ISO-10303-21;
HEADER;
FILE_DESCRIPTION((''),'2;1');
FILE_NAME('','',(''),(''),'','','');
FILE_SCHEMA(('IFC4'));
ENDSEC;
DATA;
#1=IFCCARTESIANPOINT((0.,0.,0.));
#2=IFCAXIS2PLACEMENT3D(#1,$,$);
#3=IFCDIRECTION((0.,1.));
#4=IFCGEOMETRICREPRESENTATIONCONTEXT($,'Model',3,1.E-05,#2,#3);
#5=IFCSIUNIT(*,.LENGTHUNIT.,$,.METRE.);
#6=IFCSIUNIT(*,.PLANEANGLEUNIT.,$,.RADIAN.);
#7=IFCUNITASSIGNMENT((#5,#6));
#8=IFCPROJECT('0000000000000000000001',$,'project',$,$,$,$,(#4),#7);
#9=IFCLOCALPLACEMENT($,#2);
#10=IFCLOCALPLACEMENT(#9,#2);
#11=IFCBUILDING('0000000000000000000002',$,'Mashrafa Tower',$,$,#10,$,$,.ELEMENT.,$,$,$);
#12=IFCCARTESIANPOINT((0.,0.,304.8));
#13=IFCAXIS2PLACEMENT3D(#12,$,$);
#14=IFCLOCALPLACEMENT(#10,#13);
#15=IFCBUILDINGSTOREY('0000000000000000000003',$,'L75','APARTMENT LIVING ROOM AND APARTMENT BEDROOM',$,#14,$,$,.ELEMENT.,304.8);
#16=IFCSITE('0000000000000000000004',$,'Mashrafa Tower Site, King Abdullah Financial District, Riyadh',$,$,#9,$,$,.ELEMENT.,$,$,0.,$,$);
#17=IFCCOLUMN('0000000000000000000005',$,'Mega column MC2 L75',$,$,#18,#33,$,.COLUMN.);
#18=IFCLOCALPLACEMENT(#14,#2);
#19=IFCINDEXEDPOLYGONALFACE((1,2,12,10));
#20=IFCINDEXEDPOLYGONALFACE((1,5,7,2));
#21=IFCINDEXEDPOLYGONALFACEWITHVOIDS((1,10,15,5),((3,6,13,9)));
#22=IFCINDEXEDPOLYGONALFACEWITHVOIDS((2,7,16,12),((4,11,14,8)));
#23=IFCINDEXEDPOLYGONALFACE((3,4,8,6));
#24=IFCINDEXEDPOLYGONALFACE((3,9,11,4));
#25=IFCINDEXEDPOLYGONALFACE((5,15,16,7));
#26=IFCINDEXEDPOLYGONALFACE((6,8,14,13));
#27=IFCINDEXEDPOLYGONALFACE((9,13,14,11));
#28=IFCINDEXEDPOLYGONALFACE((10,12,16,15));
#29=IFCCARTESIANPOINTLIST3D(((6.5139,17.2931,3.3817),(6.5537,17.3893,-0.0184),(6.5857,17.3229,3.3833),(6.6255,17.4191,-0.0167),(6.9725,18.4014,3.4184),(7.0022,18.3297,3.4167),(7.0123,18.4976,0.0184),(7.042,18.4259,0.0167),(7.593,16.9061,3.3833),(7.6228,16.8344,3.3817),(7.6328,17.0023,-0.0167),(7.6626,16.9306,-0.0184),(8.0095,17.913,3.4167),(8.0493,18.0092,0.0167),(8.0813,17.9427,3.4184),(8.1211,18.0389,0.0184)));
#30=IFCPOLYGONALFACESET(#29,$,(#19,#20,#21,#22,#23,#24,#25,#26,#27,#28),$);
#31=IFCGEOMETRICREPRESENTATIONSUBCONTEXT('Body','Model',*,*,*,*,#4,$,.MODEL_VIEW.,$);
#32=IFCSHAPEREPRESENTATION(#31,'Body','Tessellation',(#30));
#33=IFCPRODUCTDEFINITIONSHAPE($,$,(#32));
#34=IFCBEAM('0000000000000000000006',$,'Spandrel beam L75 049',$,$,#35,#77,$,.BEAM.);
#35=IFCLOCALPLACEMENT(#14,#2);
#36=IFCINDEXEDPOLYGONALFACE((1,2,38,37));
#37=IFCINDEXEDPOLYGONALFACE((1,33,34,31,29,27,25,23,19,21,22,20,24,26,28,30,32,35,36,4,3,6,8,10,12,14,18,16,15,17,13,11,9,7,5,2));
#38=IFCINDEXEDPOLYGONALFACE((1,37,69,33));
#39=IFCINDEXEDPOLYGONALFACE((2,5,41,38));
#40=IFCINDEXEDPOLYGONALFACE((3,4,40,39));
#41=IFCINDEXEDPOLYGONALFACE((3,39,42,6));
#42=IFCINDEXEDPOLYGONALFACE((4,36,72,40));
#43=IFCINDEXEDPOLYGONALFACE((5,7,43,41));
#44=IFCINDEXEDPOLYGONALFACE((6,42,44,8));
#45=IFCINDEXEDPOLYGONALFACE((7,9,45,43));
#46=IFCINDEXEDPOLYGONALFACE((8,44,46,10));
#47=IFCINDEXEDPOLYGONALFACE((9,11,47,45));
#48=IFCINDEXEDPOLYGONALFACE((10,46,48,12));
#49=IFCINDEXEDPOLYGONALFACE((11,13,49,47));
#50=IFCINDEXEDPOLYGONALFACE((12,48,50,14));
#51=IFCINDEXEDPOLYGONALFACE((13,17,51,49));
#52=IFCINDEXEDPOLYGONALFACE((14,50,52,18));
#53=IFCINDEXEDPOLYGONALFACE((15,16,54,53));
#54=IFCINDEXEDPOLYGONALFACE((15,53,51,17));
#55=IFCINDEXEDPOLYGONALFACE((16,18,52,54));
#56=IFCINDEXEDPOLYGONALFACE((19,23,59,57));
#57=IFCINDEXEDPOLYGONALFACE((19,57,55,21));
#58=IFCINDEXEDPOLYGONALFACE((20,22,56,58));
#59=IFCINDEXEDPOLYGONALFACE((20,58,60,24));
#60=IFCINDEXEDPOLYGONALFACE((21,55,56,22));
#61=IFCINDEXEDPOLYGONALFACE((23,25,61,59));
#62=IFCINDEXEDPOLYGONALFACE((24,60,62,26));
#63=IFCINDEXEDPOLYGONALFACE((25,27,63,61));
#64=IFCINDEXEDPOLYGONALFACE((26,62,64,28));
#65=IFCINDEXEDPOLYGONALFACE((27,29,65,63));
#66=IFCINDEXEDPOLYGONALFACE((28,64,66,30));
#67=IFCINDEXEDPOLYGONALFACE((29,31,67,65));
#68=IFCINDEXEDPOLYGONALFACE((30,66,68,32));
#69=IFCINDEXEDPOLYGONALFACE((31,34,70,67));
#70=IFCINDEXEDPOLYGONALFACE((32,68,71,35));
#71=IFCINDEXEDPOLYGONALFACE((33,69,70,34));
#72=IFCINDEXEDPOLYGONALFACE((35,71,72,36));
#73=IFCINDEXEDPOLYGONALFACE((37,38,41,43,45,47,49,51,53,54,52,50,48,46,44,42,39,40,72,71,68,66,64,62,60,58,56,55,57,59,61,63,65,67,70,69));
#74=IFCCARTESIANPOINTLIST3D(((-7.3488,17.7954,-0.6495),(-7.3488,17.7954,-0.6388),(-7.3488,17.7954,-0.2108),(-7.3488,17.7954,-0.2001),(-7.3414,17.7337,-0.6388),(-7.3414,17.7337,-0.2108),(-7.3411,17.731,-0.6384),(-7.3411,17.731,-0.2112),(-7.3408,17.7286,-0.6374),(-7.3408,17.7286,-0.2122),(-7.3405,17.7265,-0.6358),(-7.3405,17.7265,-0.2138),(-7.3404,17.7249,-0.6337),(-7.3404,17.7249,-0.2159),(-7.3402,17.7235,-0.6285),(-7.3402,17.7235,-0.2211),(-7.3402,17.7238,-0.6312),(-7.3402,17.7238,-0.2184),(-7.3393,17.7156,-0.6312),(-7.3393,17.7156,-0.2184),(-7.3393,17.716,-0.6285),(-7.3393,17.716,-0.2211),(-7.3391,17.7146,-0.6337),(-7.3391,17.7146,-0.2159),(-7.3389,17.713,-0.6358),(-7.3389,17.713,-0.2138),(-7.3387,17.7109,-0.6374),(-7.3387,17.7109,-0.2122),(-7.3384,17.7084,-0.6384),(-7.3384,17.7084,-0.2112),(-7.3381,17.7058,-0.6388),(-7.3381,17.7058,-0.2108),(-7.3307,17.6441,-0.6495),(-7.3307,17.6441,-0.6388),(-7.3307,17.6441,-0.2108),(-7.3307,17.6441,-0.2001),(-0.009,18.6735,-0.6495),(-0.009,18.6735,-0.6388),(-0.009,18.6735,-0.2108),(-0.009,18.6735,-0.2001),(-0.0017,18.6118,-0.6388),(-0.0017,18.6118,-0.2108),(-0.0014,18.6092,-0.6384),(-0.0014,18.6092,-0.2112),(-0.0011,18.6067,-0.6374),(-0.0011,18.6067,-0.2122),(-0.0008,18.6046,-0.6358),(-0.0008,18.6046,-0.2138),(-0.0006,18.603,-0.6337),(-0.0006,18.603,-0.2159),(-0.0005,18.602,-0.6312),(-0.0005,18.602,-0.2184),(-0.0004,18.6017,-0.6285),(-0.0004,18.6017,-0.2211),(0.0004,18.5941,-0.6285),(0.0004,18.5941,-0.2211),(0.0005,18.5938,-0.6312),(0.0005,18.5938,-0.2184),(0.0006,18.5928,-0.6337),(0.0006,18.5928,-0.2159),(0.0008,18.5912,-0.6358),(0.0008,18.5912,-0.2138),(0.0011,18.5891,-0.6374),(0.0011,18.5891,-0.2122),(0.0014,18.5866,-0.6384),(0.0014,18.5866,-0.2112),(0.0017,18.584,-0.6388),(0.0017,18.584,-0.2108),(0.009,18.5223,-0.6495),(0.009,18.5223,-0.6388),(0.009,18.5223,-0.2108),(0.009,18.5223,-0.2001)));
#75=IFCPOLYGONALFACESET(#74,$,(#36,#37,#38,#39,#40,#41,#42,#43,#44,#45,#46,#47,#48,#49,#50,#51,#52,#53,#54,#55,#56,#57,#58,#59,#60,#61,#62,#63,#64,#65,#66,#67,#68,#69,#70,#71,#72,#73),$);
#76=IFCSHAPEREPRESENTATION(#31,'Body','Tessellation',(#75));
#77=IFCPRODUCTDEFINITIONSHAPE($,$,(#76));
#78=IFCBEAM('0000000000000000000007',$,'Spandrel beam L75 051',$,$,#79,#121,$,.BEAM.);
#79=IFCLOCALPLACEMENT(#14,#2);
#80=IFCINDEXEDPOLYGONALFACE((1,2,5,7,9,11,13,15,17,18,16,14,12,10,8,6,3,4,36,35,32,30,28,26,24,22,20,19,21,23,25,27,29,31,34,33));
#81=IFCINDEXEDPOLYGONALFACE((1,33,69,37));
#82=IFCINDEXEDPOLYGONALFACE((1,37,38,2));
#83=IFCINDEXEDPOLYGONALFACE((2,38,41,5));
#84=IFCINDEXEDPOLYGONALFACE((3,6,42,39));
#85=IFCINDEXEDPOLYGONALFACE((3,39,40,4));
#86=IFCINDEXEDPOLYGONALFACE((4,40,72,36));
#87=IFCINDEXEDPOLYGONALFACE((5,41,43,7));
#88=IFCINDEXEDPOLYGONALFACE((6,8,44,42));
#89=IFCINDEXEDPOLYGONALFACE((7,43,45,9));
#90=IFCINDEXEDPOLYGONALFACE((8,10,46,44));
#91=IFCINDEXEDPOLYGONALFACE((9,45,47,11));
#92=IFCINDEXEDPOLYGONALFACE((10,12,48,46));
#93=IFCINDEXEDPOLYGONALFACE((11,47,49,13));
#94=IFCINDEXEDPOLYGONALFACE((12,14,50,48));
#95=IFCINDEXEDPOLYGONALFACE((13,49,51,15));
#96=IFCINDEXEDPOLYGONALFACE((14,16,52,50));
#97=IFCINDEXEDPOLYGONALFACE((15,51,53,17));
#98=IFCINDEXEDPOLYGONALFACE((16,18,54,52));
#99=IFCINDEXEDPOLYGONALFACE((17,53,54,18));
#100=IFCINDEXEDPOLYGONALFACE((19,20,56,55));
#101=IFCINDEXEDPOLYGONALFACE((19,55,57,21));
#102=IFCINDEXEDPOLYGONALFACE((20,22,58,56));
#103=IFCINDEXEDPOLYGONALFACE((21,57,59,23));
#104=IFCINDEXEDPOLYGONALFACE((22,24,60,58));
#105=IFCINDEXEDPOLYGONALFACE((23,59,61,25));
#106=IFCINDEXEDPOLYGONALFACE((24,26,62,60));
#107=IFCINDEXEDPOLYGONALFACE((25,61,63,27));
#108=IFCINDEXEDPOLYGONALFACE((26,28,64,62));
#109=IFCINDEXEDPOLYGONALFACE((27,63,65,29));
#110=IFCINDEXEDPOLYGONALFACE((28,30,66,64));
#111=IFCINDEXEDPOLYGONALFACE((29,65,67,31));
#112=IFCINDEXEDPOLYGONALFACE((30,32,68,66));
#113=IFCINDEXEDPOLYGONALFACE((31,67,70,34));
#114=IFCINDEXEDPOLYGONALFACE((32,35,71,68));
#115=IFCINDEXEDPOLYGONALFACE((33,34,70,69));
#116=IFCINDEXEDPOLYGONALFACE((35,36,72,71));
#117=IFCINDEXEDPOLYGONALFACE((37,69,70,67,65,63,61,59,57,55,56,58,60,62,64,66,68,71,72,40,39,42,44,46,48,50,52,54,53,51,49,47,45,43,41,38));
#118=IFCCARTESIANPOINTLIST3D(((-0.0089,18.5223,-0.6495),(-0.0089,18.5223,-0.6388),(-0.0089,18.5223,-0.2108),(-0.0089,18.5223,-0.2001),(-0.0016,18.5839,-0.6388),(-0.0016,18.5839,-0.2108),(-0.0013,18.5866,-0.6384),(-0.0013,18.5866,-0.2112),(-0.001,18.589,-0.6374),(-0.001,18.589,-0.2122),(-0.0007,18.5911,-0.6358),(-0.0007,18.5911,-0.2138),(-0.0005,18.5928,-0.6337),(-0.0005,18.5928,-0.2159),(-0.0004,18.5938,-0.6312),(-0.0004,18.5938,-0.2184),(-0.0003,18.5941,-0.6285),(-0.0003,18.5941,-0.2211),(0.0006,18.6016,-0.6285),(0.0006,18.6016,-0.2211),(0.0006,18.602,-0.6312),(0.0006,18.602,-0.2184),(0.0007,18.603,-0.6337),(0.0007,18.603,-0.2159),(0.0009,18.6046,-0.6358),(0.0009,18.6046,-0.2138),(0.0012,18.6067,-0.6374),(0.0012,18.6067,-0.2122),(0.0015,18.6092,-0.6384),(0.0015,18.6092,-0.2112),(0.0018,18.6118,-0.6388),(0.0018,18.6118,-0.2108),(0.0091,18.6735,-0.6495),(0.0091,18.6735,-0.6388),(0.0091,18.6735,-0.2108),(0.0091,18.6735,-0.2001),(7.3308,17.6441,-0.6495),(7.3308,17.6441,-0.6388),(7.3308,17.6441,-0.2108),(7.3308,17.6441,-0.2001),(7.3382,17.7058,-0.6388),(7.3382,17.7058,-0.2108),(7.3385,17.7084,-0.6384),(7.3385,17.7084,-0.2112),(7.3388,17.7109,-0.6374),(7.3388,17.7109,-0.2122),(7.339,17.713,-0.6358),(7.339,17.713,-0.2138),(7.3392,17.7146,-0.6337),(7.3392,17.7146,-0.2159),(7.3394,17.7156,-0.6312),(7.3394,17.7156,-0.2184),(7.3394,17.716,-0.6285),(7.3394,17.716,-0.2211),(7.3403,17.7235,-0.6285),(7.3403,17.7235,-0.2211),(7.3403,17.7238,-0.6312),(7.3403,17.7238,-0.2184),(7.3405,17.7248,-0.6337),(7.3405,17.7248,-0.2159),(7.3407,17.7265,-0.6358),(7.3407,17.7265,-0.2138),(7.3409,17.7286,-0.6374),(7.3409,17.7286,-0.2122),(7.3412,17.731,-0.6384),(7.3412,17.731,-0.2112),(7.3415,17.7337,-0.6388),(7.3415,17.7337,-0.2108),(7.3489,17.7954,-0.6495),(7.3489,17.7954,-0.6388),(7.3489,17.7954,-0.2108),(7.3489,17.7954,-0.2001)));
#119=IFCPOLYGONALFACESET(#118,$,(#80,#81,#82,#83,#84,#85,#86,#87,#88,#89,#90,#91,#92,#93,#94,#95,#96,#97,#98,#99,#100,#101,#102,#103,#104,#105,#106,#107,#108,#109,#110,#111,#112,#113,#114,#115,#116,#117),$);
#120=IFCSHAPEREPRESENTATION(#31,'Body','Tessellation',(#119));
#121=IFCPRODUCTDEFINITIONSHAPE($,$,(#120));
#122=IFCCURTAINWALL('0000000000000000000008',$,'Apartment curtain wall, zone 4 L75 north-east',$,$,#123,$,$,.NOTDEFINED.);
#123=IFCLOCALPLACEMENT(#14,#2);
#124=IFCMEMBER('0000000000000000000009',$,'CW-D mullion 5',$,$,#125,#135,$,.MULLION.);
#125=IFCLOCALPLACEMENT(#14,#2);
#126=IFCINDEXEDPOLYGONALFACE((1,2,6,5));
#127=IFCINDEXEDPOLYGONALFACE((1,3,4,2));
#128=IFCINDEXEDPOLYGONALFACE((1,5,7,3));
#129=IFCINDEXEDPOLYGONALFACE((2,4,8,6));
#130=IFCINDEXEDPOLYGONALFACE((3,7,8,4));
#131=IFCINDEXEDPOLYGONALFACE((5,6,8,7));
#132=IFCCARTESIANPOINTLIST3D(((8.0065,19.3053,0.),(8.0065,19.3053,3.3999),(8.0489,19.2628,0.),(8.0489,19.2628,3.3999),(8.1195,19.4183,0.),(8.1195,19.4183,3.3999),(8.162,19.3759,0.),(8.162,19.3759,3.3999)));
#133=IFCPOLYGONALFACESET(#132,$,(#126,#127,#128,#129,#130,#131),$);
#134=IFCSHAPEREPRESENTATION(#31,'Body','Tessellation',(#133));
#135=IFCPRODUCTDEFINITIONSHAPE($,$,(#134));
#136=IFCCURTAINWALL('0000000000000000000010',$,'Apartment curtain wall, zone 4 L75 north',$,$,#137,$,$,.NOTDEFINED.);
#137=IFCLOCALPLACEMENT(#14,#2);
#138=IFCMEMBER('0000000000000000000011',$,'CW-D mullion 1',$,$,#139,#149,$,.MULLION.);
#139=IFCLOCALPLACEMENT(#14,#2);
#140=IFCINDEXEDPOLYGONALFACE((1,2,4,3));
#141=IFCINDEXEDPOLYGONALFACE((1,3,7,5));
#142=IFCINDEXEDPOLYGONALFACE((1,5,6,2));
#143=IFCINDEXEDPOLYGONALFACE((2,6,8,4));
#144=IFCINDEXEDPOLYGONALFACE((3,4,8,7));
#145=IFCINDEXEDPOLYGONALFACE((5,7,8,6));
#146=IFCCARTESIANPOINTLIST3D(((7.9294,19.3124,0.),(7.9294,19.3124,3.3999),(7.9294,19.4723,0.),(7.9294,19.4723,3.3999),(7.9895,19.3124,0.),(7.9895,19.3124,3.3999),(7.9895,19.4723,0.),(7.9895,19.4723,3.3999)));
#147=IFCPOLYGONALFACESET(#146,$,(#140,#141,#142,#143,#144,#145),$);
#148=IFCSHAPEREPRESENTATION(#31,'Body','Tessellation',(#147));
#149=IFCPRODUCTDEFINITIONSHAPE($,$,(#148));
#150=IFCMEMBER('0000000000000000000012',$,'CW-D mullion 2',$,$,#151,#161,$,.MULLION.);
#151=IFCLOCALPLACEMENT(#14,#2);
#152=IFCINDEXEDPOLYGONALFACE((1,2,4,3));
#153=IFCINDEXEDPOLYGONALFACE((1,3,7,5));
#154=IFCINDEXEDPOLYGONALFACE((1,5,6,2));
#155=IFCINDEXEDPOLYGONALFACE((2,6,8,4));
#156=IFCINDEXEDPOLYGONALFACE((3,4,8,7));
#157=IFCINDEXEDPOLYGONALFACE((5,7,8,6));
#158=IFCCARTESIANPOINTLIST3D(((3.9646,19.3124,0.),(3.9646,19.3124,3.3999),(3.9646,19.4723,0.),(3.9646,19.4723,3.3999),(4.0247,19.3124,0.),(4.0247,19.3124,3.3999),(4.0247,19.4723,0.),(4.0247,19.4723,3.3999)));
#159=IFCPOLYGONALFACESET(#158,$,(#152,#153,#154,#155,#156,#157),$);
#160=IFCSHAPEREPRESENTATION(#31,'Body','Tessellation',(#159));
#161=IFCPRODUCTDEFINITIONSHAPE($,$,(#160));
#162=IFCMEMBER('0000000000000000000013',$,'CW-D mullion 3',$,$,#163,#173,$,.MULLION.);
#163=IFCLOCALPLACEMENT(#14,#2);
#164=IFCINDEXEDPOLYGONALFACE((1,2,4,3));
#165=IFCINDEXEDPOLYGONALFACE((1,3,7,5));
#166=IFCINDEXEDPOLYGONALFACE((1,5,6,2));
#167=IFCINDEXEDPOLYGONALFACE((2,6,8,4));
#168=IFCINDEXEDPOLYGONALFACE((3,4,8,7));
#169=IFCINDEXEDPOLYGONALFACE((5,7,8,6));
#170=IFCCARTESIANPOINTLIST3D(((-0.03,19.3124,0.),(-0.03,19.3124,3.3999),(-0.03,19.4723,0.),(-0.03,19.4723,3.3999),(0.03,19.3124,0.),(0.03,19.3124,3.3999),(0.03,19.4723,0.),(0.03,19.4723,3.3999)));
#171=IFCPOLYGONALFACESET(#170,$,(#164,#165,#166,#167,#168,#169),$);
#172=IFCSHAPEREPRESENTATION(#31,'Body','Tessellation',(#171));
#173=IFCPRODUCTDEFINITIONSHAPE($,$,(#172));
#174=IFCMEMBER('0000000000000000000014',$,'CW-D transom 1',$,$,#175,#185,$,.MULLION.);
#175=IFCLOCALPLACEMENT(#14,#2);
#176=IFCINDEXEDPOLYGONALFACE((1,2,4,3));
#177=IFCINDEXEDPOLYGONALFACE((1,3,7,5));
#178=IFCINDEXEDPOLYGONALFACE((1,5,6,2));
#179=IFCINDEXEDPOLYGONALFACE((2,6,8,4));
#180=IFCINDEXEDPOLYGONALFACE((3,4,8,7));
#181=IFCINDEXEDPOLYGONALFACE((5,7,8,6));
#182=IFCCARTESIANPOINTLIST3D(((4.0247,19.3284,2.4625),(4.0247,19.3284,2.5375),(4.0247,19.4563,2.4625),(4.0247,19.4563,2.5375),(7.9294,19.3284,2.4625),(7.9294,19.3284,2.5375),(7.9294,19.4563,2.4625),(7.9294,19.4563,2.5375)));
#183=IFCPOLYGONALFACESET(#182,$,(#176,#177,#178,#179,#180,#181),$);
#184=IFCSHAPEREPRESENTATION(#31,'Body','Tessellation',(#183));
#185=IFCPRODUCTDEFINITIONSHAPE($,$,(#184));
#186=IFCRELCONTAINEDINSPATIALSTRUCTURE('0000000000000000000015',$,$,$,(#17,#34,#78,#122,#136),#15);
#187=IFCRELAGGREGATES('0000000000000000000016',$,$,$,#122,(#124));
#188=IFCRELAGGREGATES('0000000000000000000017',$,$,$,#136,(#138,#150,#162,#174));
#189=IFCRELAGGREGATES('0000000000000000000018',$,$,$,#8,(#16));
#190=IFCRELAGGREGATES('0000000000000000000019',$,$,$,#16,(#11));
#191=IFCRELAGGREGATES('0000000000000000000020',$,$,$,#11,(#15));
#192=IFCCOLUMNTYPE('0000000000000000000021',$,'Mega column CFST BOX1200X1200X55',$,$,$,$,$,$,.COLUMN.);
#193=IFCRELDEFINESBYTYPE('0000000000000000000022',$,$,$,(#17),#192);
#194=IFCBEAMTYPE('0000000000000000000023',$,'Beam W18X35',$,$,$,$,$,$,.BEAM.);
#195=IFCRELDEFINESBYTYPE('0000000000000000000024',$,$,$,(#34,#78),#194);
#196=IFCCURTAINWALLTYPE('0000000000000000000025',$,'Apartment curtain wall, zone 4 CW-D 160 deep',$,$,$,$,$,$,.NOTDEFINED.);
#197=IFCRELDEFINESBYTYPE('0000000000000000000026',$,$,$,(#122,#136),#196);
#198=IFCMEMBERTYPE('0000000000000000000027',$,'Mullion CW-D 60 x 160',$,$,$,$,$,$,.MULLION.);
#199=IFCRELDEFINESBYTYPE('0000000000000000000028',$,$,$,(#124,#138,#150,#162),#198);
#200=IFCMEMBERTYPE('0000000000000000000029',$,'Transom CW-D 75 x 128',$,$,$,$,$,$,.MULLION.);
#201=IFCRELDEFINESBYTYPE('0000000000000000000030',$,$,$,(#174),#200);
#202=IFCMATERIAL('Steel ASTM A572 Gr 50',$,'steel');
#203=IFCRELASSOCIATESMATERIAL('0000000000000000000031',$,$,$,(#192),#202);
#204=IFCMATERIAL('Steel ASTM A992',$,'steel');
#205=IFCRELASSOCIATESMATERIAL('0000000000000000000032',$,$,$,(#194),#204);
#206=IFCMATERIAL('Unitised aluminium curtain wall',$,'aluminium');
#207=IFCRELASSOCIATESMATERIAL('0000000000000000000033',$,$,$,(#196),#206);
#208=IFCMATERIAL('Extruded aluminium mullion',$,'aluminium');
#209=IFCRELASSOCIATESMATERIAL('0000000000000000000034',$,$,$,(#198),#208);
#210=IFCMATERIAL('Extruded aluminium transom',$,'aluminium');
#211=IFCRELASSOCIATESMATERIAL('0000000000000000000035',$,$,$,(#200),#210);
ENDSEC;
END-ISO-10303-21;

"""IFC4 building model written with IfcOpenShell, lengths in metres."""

from ifc_helpers import new_model, si_unit, direction, frame, origin, origin_2d, place, context, subcontext, project, spatial, rectangle, hollow_rectangle, i_section, extrude, source, transform, mapped, material, material_profile, profile_set, type_object, type_shapes, element, aggregate, save


model = new_model("IFC4")

# Units and contexts
model_context = context("Model", 3, precision=1e-05, world=origin(), true_north=direction((0.0, 1.0)))
body_context = subcontext(model_context, "Body", "Model", "MODEL_VIEW")
ifc_project = project(units=[si_unit("LENGTHUNIT", "METRE"), si_unit("PLANEANGLEUNIT", "RADIAN")], contexts=[model_context])

# Site, building, storey
site_placement = place(None, origin())
site = spatial("IfcSite", under=ifc_project, at=site_placement, Name="Mashrafa Tower Site, King Abdullah Financial District, Riyadh", CompositionType="ELEMENT", RefElevation=0.0)
building_placement = place(site_placement, origin())
building = spatial("IfcBuilding", under=site, at=building_placement, Name="Mashrafa Tower", CompositionType="ELEMENT")
storey_placement = place(building_placement, frame((0.0, 0.0, 304.8)))
storey = spatial("IfcBuildingStorey", under=building, at=storey_placement, Name="L75", Description="APARTMENT LIVING ROOM AND APARTMENT BEDROOM", CompositionType="ELEMENT", Elevation=304.8)

# Column
ifc_material_1 = material(Name="Steel ASTM A572 Gr 50", Category="steel")
ifc_material_profile_1 = material_profile(ifc_material_1, hollow_rectangle(XDim=1.2, YDim=1.2, WallThickness=0.0549, at=origin_2d()), Name="BOX1200X1200X55")
ifc_profile_set_1 = profile_set([ifc_material_profile_1], Name="Steel ASTM A572 Gr 50")
column_type = type_object("IfcColumnType", Name="Mega column CFST BOX1200X1200X55", PredefinedType="COLUMN", material=ifc_profile_set_1)
column_placement = place(storey_placement, frame((7.3374, 17.7141, 0.0), z_axis=(-0.011699, -0.028279, 0.999532), x_axis=(0.924045, -0.382283, 0.0)))
element("IfcColumn", 1, at=column_placement, inside=storey, type_object=column_type, Name="Mega column MC2 L75", PredefinedType="COLUMN", context=body_context, shape_type="SweptSolid", body=[
    extrude(hollow_rectangle(XDim=1.2, YDim=1.2, WallThickness=0.0549, at=origin_2d()), origin(), (0.0, 0.0, 1.0), 3.4016),
])

# Beams
ifc_material_2 = material(Name="Steel ASTM A992", Category="steel")
ifc_material_profile_2 = material_profile(ifc_material_2, i_section(OverallWidth=0.1523, OverallDepth=0.4495, WebThickness=0.0076, FlangeThickness=0.0107, FilletRadius=0.0103, at=origin_2d()), Name="W18X35")
ifc_profile_set_2 = profile_set([ifc_material_profile_2], Name="Steel ASTM A992")
beam_type = type_object("IfcBeamType", Name="Beam W18X35", PredefinedType="BEAM", material=ifc_profile_set_2)
for number, where, z_axis, x_axis, name in (
    (2, (0.0, 18.5979, -0.4248), (-0.992919, -0.118797, 0.0), (0.118797, -0.992919, 0.0), "Spandrel beam L75 049"),
    (3, (7.3398, 17.7197, -0.4248), (-0.992919, 0.118797, 0.0), (-0.118797, -0.992919, 0.0), "Spandrel beam L75 051"),
):
    element("IfcBeam", number, at=place(storey_placement, frame(where, z_axis=z_axis, x_axis=x_axis)), inside=storey, type_object=beam_type, Name=name, PredefinedType="BEAM", context=body_context, shape_type="SweptSolid", body=[
        extrude(i_section(OverallWidth=0.1523, OverallDepth=0.4495, WebThickness=0.0076, FlangeThickness=0.0107, FilletRadius=0.0103, at=origin_2d()), origin(), (0.0, 0.0, 1.0), 7.3921),
    ])

# Curtain wall, member
ifc_material_3 = material(Name="Unitised aluminium curtain wall", Category="aluminium")
curtain_wall_type = type_object("IfcCurtainWallType", Name="Apartment curtain wall, zone 4 CW-D 160 deep", PredefinedType="NOTDEFINED", material=ifc_material_3)
curtain_wall_1_placement = place(storey_placement, origin())
curtain_wall_1 = element("IfcCurtainWall", 4, at=curtain_wall_1_placement, inside=storey, type_object=curtain_wall_type, Name="Apartment curtain wall, zone 4 L75 north-east", PredefinedType="NOTDEFINED")
ifc_material_4 = material(Name="Extruded aluminium mullion", Category="aluminium")
ifc_material_profile_3 = material_profile(ifc_material_4, rectangle(XDim=0.1599, YDim=0.0601, at=origin_2d()), Name="Mullion 60x160")
ifc_profile_set_3 = profile_set([ifc_material_profile_3], Name="Extruded aluminium mullion")
member_type_1 = type_object("IfcMemberType", Name="Mullion CW-D 60 x 160", PredefinedType="MULLION", material=ifc_profile_set_3)
shared_shape_1 = source(origin(), body_context, "Body", "SweptSolid", [
    extrude(rectangle(XDim=0.1599, YDim=0.0601, at=origin_2d()), origin(), (0.0, 0.0, 1.0), 3.3999),
])
type_shapes(member_type_1, [shared_shape_1])
member_1_placement = place(storey_placement, frame((8.0842, 19.3406, 0.0), z_axis=(0.0, 0.0, 1.0), x_axis=(-0.707107, -0.707107, 0.0)))
member_1 = element("IfcMember", 5, at=member_1_placement, type_object=member_type_1, Name="CW-D mullion 5", PredefinedType="MULLION", context=body_context, shape_type="MappedRepresentation", body=[
    mapped(shared_shape_1, transform((0.0, 0.0, 0.0))),
])

# Curtain wall, members
curtain_wall_2_placement = place(storey_placement, origin())
curtain_wall_2 = element("IfcCurtainWall", 6, at=curtain_wall_2_placement, inside=storey, type_object=curtain_wall_type, Name="Apartment curtain wall, zone 4 L75 north", PredefinedType="NOTDEFINED")
member_2_placement = place(storey_placement, frame((7.9595, 19.3923, 0.0), z_axis=(0.0, 0.0, 1.0), x_axis=(0.0, -1.0, 0.0)))
member_2 = element("IfcMember", 7, at=member_2_placement, type_object=member_type_1, Name="CW-D mullion 1", PredefinedType="MULLION", context=body_context, shape_type="MappedRepresentation", body=[
    mapped(shared_shape_1, transform((0.0, 0.0, 0.0))),
])
member_3_placement = place(storey_placement, frame((3.9946, 19.3923, 0.0), z_axis=(0.0, 0.0, 1.0), x_axis=(0.0, -1.0, 0.0)))
member_3 = element("IfcMember", 8, at=member_3_placement, type_object=member_type_1, Name="CW-D mullion 2", PredefinedType="MULLION", context=body_context, shape_type="MappedRepresentation", body=[
    mapped(shared_shape_1, transform((0.0, 0.0, 0.0))),
])
member_4_placement = place(storey_placement, frame((0.0, 19.3923, 0.0), z_axis=(0.0, 0.0, 1.0), x_axis=(0.0, -1.0, 0.0)))
member_4 = element("IfcMember", 9, at=member_4_placement, type_object=member_type_1, Name="CW-D mullion 3", PredefinedType="MULLION", context=body_context, shape_type="MappedRepresentation", body=[
    mapped(shared_shape_1, transform((0.0, 0.0, 0.0))),
])
ifc_material_5 = material(Name="Extruded aluminium transom", Category="aluminium")
ifc_material_profile_4 = material_profile(ifc_material_5, rectangle(XDim=0.1279, YDim=0.075, at=origin_2d()), Name="Transom 75x128")
ifc_profile_set_4 = profile_set([ifc_material_profile_4], Name="Extruded aluminium transom")
member_type_2 = type_object("IfcMemberType", Name="Transom CW-D 75 x 128", PredefinedType="MULLION", material=ifc_profile_set_4)
shared_shape_2 = source(origin(), body_context, "Body", "SweptSolid", [
    extrude(rectangle(XDim=0.1279, YDim=0.075, at=origin_2d()), origin(), (0.0, 0.0, 1.0), 3.9048),
])
member_5_placement = place(storey_placement, frame((7.9294, 19.3923, 2.5), z_axis=(-1.0, 0.0, 0.0), x_axis=(0.0, -1.0, 0.0)))
member_5 = element("IfcMember", 10, at=member_5_placement, type_object=member_type_2, Name="CW-D transom 1", PredefinedType="MULLION", context=body_context, shape_type="MappedRepresentation", body=[
    mapped(shared_shape_2, transform((0.0, 0.0, 0.0))),
])

aggregate(curtain_wall_1, [member_1])
aggregate(curtain_wall_2, [member_2, member_3, member_4, member_5])

save(model, "model.ifc")
